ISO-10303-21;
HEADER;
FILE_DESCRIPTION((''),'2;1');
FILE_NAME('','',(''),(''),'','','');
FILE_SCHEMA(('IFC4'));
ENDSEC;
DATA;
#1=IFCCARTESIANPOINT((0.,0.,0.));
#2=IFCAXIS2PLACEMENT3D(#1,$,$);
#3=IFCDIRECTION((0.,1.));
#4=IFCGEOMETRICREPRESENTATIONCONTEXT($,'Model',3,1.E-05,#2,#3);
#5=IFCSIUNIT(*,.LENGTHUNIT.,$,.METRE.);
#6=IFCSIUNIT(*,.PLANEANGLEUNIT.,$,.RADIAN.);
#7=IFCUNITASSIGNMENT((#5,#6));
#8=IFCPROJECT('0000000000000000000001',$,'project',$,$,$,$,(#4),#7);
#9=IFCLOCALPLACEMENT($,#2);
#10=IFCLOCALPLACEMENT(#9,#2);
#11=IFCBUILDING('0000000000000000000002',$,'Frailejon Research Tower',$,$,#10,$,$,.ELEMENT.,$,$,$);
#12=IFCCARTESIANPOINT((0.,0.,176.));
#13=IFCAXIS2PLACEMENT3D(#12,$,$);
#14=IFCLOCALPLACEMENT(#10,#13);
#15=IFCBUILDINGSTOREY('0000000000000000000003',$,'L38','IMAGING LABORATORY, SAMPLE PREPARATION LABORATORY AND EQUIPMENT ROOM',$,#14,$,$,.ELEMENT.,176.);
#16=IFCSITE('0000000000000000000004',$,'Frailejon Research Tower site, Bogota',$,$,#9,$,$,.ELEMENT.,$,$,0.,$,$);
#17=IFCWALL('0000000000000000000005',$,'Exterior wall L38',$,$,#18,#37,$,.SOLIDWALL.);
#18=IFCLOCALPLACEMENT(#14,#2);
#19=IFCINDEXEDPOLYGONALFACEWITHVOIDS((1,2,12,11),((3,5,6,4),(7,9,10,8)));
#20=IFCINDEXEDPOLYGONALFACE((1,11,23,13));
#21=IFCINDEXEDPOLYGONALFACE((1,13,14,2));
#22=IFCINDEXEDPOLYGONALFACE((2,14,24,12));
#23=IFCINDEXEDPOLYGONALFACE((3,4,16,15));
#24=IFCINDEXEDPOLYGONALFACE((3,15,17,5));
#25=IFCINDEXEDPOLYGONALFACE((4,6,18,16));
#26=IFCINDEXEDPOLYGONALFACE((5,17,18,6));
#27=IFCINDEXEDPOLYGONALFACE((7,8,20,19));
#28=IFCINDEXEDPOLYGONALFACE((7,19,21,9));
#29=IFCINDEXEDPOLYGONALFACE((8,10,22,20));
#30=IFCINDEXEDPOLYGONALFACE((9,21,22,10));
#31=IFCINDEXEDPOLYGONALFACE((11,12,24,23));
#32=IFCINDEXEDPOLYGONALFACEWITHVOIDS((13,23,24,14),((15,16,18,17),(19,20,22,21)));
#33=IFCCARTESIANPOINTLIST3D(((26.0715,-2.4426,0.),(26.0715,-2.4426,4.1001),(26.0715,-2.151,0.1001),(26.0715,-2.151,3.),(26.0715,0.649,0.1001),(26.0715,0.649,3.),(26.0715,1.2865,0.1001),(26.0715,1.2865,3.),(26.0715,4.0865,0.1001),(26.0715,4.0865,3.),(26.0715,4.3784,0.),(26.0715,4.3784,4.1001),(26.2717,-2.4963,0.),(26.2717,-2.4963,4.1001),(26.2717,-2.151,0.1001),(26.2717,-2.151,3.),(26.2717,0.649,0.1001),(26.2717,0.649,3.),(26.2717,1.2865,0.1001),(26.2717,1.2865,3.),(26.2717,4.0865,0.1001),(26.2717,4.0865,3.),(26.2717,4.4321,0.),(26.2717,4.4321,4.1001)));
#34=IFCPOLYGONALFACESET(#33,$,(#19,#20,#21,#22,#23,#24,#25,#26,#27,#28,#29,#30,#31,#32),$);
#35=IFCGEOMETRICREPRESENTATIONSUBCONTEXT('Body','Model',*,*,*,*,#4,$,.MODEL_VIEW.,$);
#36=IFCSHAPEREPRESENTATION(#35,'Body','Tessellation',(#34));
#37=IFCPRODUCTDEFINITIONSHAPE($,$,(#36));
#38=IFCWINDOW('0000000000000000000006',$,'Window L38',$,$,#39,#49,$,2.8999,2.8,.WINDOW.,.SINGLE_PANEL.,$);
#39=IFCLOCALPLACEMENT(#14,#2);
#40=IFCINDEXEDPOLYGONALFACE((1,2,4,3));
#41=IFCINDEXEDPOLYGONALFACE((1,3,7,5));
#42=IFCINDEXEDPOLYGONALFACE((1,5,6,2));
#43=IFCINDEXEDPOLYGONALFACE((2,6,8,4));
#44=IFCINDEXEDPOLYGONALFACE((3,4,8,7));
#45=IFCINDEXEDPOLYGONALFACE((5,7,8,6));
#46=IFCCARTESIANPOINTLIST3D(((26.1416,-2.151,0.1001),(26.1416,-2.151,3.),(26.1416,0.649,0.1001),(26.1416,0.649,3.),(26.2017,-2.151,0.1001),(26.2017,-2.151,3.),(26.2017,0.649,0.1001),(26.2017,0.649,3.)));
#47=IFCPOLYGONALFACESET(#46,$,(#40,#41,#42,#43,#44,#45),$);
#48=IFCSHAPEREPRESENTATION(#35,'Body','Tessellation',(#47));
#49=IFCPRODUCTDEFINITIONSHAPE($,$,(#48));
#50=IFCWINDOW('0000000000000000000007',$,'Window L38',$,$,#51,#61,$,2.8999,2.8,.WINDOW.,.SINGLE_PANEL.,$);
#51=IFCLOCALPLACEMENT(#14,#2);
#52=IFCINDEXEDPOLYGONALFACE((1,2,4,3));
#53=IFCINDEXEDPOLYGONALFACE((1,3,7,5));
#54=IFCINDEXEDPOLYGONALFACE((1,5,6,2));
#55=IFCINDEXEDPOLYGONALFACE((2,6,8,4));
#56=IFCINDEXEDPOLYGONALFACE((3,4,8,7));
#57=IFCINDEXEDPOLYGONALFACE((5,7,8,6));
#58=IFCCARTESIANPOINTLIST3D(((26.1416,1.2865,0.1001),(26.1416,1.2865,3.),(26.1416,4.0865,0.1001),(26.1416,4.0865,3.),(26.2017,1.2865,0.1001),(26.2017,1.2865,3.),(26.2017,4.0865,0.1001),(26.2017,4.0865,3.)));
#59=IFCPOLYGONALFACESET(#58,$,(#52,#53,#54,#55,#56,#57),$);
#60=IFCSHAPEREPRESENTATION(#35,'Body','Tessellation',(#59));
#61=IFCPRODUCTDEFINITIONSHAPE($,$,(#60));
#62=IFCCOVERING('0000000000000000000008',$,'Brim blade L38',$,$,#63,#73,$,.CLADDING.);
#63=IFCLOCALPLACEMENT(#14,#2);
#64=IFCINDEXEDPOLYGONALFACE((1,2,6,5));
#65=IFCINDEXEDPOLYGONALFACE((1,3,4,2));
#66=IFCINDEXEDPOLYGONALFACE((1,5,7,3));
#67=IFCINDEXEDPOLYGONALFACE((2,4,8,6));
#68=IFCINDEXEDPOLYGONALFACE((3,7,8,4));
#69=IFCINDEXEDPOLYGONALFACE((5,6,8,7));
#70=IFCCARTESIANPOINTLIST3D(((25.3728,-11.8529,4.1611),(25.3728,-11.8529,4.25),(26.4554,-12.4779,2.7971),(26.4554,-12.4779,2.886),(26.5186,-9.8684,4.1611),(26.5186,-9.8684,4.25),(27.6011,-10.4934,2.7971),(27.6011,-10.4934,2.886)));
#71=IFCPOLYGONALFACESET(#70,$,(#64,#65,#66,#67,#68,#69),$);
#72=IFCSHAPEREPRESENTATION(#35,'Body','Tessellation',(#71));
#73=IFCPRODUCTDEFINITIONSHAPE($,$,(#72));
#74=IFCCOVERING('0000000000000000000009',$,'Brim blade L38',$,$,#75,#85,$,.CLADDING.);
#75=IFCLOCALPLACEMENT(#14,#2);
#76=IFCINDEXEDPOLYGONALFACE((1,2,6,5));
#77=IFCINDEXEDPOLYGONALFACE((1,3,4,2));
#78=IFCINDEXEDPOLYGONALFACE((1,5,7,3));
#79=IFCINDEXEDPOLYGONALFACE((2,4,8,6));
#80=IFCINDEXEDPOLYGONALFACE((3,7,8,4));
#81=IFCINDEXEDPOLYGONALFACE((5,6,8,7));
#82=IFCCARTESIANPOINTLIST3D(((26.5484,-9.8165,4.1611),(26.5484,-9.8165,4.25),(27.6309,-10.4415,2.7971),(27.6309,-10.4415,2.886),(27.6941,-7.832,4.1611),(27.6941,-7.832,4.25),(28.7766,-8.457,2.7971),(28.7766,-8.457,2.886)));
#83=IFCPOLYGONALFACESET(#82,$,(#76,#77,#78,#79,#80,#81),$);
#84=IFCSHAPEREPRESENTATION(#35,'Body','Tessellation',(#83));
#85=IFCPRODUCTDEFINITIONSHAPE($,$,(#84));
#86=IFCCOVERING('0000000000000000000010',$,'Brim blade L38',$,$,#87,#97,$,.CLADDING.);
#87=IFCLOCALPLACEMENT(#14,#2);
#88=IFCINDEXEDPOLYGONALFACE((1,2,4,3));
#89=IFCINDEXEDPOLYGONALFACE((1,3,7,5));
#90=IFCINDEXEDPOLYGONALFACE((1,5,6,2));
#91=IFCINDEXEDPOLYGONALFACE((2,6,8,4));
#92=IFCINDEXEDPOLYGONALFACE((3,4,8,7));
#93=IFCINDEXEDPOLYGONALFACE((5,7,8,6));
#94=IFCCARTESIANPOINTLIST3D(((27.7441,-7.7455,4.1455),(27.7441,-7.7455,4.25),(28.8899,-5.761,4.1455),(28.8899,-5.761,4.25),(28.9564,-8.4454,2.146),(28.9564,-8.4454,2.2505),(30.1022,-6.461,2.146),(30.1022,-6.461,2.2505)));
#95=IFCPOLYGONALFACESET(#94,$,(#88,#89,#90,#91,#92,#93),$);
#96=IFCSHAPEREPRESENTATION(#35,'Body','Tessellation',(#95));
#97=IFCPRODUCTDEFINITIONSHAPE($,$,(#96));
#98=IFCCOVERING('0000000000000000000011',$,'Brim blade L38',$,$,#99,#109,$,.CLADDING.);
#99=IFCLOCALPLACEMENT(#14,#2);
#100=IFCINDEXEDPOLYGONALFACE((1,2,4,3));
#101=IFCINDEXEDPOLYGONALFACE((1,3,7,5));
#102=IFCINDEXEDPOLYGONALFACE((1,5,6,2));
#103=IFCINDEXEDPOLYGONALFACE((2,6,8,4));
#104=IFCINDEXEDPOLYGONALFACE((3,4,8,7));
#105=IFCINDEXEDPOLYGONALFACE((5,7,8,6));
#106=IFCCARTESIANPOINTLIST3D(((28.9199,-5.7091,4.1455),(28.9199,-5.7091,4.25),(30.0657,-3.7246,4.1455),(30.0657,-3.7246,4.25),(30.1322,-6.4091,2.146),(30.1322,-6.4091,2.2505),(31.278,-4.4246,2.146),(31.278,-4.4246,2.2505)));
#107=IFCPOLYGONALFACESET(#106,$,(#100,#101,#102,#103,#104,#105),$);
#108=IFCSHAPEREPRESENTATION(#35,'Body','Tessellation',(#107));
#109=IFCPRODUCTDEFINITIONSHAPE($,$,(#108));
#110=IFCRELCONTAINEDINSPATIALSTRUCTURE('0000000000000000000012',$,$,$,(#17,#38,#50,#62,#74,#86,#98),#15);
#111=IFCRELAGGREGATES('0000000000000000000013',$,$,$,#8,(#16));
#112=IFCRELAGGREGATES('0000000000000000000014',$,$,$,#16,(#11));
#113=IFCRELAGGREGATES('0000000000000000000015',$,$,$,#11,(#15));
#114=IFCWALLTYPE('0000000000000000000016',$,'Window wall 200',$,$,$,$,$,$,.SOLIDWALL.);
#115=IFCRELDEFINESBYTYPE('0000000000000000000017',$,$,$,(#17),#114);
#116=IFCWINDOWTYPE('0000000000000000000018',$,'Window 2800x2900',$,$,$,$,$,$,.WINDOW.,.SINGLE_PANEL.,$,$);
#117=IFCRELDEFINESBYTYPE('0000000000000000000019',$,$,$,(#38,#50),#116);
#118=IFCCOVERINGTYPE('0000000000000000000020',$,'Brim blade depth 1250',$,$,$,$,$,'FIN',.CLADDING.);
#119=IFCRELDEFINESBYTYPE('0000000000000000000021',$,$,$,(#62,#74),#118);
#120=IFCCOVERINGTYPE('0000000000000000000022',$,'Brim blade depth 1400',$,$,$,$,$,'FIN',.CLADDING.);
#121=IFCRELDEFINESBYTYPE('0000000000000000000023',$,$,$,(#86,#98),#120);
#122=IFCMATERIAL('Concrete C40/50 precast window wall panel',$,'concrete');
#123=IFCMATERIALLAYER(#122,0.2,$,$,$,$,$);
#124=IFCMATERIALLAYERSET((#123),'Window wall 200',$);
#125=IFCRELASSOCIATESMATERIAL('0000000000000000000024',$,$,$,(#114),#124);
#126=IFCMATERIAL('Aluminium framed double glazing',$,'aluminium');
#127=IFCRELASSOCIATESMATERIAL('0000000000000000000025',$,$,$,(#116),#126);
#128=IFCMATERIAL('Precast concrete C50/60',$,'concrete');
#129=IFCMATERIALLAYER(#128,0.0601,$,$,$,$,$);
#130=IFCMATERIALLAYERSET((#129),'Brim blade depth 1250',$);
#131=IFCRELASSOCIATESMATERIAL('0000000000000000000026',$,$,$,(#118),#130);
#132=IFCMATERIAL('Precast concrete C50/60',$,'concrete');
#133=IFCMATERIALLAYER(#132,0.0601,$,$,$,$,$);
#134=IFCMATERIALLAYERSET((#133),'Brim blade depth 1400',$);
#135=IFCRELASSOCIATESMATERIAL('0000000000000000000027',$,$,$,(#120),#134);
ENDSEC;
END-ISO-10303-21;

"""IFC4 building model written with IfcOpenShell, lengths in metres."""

from ifc_helpers import new_model, si_unit, direction, frame, frame_2d, origin, place, context, subcontext, project, spatial, polyline, rectangle, outline, extrude, material, layer, layer_set, type_object, element, fill, save


model = new_model("IFC4")

# Units and contexts
model_context = context("Model", 3, precision=1e-05, world=origin(), true_north=direction((0.0, 1.0)))
body_context = subcontext(model_context, "Body", "Model", "MODEL_VIEW")
ifc_project = project(units=[si_unit("LENGTHUNIT", "METRE"), si_unit("PLANEANGLEUNIT", "RADIAN")], contexts=[model_context])

# Site, building, storey
site_placement = place(None, origin())
site = spatial("IfcSite", under=ifc_project, at=site_placement, Name="Frailejon Research Tower site, Bogota", CompositionType="ELEMENT", RefElevation=0.0)
building_placement = place(site_placement, origin())
building = spatial("IfcBuilding", under=site, at=building_placement, Name="Frailejon Research Tower", CompositionType="ELEMENT")
storey_placement = place(building_placement, frame((0.0, 0.0, 176.0)))
storey = spatial("IfcBuildingStorey", under=building, at=storey_placement, Name="L38", Description="IMAGING LABORATORY, SAMPLE PREPARATION LABORATORY AND EQUIPMENT ROOM", CompositionType="ELEMENT", Elevation=176.0)

# Wall, openings, windows
ifc_material_1 = material(Name="Concrete C40/50 precast window wall panel", Category="concrete")
ifc_layer_1 = layer(ifc_material_1, 0.2)
ifc_layer_set_1 = layer_set([ifc_layer_1], Name="Window wall 200")
wall_type_1 = type_object("IfcWallType", Name="Window wall 200", PredefinedType="SOLIDWALL", material=ifc_layer_set_1)
wall_1_placement = place(storey_placement, frame((26.1716, -2.4695, 0.0), z_axis=(0.0, 0.0, 1.0), x_axis=(0.0, 1.0, 0.0)))
wall_1 = element("IfcWall", 1, at=wall_1_placement, inside=storey, type_object=wall_type_1, Name="Exterior wall L38", PredefinedType="SOLIDWALL", context=body_context, shape_type="SweptSolid", body=[
    extrude(outline(polyline([(-0.0269, -0.1001), (1.1279, -0.1001), (2.2827, -0.1001), (3.4375, -0.1001), (4.592, -0.1001), (5.7468, -0.1001), (6.9016, -0.1001), (6.8479, 0.1001), (5.7109, 0.1001), (4.5742, 0.1001), (3.4375, 0.1001), (2.3005, 0.1001), (1.1636, 0.1001), (0.0269, 0.1001), (-0.0269, -0.1001)])), origin(), (0.0, 0.0, 1.0), 4.1001),
])
opening_1_placement = place(wall_1_placement, frame((0.3186, 0.0, 0.1001)))
opening_1 = element("IfcOpeningElement", 2, at=opening_1_placement, cuts=wall_1, PredefinedType="OPENING", context=body_context, shape_type="SweptSolid", body=[
    extrude(rectangle(XDim=2.8, YDim=2.8999, at=frame_2d((1.3999, 1.45))), frame((0.0, 0.1099, 0.0), z_axis=(0.0, -1.0, 0.0), x_axis=(1.0, 0.0, 0.0)), (0.0, 0.0, 1.0), 0.22),
])
opening_2_placement = place(wall_1_placement, frame((3.7561, 0.0, 0.1001)))
opening_2 = element("IfcOpeningElement", 3, at=opening_2_placement, cuts=wall_1, PredefinedType="OPENING", context=body_context, shape_type="SweptSolid", body=[
    extrude(rectangle(XDim=2.8, YDim=2.8999, at=frame_2d((1.3999, 1.45))), frame((0.0, 0.1099, 0.0), z_axis=(0.0, -1.0, 0.0), x_axis=(1.0, 0.0, 0.0)), (0.0, 0.0, 1.0), 0.22),
])
ifc_material_2 = material(Name="Aluminium framed double glazing", Category="aluminium")
window_type = type_object("IfcWindowType", Name="Window 2800x2900", PartitioningType="SINGLE_PANEL", PredefinedType="WINDOW", material=ifc_material_2)
window_1_placement = place(opening_1_placement, origin())
window_1 = element("IfcWindow", 4, at=window_1_placement, inside=storey, type_object=window_type, Name="Window L38", OverallHeight=2.8999, OverallWidth=2.8, PartitioningType="SINGLE_PANEL", PredefinedType="WINDOW", context=body_context, shape_type="SweptSolid", body=[
    extrude(rectangle(XDim=2.8, YDim=2.8999, at=frame_2d((1.3999, 1.45))), frame((0.0, 0.03, 0.0), z_axis=(0.0, -1.0, 0.0), x_axis=(1.0, 0.0, 0.0)), (0.0, 0.0, 1.0), 0.0601),
])
fill(opening_1, window_1)
window_2_placement = place(opening_2_placement, origin())
window_2 = element("IfcWindow", 5, at=window_2_placement, inside=storey, type_object=window_type, Name="Window L38", OverallHeight=2.8999, OverallWidth=2.8, PartitioningType="SINGLE_PANEL", PredefinedType="WINDOW", context=body_context, shape_type="SweptSolid", body=[
    extrude(rectangle(XDim=2.8, YDim=2.8999, at=frame_2d((1.3999, 1.45))), frame((0.0, 0.03, 0.0), z_axis=(0.0, -1.0, 0.0), x_axis=(1.0, 0.0, 0.0)), (0.0, 0.0, 1.0), 0.0601),
])
fill(opening_2, window_2)

# Coverings
ifc_material_3 = material(Name="Precast concrete C50/60", Category="concrete")
ifc_layer_2 = layer(ifc_material_3, 0.0601)
ifc_layer_set_2 = layer_set([ifc_layer_2], Name="Brim blade depth 1250")
covering_type_1 = type_object("IfcCoveringType", Name="Brim blade depth 1250", ElementType="FIN", PredefinedType="CLADDING", material=ifc_layer_set_2)
for number, where, z_axis, x_axis, name in (
    (6, (26.5186, -9.8684, 4.25), (-0.49999, -0.866031, 0.0), (0.866031, -0.49999, 0.0), "Brim blade L38"),
    (7, (27.6941, -7.832, 4.25), (-0.49999, -0.866031, 0.0), (0.866031, -0.49999, 0.0), "Brim blade L38"),
):
    element("IfcCovering", number, at=place(storey_placement, frame(where, z_axis=z_axis, x_axis=x_axis)), inside=storey, type_object=covering_type_1, Name=name, PredefinedType="CLADDING", context=body_context, shape_type="SweptSolid", body=[
        extrude(outline(polyline([(0.0, -0.0889), (1.25, -1.4529), (1.25, -1.364), (0.0, 0.0), (0.0, -0.0889)])), origin(), (0.0, 0.0, 1.0), 2.2915),
    ])
ifc_material_4 = material(Name="Precast concrete C50/60", Category="concrete")
ifc_layer_3 = layer(ifc_material_4, 0.0601)
ifc_layer_set_3 = layer_set([ifc_layer_3], Name="Brim blade depth 1400")
covering_type_2 = type_object("IfcCoveringType", Name="Brim blade depth 1400", ElementType="FIN", PredefinedType="CLADDING", material=ifc_layer_set_3)
for number, where, z_axis, x_axis, name in (
    (8, (28.8899, -5.761, 4.25), (-0.500014, -0.866017, 0.0), (0.866017, -0.500014, 0.0), "Brim blade L38"),
    (9, (30.0657, -3.7246, 4.25), (-0.500014, -0.866017, 0.0), (0.866017, -0.500014, 0.0), "Brim blade L38"),
):
    element("IfcCovering", number, at=place(storey_placement, frame(where, z_axis=z_axis, x_axis=x_axis)), inside=storey, type_object=covering_type_2, Name=name, PredefinedType="CLADDING", context=body_context, shape_type="SweptSolid", body=[
        extrude(outline(polyline([(0.0, -0.1045), (1.3999, -2.104), (1.3999, -1.9995), (0.0, 0.0), (0.0, -0.1045)])), origin(), (0.0, 0.0, 1.0), 2.2915),
    ])

save(model, "model.ifc")
